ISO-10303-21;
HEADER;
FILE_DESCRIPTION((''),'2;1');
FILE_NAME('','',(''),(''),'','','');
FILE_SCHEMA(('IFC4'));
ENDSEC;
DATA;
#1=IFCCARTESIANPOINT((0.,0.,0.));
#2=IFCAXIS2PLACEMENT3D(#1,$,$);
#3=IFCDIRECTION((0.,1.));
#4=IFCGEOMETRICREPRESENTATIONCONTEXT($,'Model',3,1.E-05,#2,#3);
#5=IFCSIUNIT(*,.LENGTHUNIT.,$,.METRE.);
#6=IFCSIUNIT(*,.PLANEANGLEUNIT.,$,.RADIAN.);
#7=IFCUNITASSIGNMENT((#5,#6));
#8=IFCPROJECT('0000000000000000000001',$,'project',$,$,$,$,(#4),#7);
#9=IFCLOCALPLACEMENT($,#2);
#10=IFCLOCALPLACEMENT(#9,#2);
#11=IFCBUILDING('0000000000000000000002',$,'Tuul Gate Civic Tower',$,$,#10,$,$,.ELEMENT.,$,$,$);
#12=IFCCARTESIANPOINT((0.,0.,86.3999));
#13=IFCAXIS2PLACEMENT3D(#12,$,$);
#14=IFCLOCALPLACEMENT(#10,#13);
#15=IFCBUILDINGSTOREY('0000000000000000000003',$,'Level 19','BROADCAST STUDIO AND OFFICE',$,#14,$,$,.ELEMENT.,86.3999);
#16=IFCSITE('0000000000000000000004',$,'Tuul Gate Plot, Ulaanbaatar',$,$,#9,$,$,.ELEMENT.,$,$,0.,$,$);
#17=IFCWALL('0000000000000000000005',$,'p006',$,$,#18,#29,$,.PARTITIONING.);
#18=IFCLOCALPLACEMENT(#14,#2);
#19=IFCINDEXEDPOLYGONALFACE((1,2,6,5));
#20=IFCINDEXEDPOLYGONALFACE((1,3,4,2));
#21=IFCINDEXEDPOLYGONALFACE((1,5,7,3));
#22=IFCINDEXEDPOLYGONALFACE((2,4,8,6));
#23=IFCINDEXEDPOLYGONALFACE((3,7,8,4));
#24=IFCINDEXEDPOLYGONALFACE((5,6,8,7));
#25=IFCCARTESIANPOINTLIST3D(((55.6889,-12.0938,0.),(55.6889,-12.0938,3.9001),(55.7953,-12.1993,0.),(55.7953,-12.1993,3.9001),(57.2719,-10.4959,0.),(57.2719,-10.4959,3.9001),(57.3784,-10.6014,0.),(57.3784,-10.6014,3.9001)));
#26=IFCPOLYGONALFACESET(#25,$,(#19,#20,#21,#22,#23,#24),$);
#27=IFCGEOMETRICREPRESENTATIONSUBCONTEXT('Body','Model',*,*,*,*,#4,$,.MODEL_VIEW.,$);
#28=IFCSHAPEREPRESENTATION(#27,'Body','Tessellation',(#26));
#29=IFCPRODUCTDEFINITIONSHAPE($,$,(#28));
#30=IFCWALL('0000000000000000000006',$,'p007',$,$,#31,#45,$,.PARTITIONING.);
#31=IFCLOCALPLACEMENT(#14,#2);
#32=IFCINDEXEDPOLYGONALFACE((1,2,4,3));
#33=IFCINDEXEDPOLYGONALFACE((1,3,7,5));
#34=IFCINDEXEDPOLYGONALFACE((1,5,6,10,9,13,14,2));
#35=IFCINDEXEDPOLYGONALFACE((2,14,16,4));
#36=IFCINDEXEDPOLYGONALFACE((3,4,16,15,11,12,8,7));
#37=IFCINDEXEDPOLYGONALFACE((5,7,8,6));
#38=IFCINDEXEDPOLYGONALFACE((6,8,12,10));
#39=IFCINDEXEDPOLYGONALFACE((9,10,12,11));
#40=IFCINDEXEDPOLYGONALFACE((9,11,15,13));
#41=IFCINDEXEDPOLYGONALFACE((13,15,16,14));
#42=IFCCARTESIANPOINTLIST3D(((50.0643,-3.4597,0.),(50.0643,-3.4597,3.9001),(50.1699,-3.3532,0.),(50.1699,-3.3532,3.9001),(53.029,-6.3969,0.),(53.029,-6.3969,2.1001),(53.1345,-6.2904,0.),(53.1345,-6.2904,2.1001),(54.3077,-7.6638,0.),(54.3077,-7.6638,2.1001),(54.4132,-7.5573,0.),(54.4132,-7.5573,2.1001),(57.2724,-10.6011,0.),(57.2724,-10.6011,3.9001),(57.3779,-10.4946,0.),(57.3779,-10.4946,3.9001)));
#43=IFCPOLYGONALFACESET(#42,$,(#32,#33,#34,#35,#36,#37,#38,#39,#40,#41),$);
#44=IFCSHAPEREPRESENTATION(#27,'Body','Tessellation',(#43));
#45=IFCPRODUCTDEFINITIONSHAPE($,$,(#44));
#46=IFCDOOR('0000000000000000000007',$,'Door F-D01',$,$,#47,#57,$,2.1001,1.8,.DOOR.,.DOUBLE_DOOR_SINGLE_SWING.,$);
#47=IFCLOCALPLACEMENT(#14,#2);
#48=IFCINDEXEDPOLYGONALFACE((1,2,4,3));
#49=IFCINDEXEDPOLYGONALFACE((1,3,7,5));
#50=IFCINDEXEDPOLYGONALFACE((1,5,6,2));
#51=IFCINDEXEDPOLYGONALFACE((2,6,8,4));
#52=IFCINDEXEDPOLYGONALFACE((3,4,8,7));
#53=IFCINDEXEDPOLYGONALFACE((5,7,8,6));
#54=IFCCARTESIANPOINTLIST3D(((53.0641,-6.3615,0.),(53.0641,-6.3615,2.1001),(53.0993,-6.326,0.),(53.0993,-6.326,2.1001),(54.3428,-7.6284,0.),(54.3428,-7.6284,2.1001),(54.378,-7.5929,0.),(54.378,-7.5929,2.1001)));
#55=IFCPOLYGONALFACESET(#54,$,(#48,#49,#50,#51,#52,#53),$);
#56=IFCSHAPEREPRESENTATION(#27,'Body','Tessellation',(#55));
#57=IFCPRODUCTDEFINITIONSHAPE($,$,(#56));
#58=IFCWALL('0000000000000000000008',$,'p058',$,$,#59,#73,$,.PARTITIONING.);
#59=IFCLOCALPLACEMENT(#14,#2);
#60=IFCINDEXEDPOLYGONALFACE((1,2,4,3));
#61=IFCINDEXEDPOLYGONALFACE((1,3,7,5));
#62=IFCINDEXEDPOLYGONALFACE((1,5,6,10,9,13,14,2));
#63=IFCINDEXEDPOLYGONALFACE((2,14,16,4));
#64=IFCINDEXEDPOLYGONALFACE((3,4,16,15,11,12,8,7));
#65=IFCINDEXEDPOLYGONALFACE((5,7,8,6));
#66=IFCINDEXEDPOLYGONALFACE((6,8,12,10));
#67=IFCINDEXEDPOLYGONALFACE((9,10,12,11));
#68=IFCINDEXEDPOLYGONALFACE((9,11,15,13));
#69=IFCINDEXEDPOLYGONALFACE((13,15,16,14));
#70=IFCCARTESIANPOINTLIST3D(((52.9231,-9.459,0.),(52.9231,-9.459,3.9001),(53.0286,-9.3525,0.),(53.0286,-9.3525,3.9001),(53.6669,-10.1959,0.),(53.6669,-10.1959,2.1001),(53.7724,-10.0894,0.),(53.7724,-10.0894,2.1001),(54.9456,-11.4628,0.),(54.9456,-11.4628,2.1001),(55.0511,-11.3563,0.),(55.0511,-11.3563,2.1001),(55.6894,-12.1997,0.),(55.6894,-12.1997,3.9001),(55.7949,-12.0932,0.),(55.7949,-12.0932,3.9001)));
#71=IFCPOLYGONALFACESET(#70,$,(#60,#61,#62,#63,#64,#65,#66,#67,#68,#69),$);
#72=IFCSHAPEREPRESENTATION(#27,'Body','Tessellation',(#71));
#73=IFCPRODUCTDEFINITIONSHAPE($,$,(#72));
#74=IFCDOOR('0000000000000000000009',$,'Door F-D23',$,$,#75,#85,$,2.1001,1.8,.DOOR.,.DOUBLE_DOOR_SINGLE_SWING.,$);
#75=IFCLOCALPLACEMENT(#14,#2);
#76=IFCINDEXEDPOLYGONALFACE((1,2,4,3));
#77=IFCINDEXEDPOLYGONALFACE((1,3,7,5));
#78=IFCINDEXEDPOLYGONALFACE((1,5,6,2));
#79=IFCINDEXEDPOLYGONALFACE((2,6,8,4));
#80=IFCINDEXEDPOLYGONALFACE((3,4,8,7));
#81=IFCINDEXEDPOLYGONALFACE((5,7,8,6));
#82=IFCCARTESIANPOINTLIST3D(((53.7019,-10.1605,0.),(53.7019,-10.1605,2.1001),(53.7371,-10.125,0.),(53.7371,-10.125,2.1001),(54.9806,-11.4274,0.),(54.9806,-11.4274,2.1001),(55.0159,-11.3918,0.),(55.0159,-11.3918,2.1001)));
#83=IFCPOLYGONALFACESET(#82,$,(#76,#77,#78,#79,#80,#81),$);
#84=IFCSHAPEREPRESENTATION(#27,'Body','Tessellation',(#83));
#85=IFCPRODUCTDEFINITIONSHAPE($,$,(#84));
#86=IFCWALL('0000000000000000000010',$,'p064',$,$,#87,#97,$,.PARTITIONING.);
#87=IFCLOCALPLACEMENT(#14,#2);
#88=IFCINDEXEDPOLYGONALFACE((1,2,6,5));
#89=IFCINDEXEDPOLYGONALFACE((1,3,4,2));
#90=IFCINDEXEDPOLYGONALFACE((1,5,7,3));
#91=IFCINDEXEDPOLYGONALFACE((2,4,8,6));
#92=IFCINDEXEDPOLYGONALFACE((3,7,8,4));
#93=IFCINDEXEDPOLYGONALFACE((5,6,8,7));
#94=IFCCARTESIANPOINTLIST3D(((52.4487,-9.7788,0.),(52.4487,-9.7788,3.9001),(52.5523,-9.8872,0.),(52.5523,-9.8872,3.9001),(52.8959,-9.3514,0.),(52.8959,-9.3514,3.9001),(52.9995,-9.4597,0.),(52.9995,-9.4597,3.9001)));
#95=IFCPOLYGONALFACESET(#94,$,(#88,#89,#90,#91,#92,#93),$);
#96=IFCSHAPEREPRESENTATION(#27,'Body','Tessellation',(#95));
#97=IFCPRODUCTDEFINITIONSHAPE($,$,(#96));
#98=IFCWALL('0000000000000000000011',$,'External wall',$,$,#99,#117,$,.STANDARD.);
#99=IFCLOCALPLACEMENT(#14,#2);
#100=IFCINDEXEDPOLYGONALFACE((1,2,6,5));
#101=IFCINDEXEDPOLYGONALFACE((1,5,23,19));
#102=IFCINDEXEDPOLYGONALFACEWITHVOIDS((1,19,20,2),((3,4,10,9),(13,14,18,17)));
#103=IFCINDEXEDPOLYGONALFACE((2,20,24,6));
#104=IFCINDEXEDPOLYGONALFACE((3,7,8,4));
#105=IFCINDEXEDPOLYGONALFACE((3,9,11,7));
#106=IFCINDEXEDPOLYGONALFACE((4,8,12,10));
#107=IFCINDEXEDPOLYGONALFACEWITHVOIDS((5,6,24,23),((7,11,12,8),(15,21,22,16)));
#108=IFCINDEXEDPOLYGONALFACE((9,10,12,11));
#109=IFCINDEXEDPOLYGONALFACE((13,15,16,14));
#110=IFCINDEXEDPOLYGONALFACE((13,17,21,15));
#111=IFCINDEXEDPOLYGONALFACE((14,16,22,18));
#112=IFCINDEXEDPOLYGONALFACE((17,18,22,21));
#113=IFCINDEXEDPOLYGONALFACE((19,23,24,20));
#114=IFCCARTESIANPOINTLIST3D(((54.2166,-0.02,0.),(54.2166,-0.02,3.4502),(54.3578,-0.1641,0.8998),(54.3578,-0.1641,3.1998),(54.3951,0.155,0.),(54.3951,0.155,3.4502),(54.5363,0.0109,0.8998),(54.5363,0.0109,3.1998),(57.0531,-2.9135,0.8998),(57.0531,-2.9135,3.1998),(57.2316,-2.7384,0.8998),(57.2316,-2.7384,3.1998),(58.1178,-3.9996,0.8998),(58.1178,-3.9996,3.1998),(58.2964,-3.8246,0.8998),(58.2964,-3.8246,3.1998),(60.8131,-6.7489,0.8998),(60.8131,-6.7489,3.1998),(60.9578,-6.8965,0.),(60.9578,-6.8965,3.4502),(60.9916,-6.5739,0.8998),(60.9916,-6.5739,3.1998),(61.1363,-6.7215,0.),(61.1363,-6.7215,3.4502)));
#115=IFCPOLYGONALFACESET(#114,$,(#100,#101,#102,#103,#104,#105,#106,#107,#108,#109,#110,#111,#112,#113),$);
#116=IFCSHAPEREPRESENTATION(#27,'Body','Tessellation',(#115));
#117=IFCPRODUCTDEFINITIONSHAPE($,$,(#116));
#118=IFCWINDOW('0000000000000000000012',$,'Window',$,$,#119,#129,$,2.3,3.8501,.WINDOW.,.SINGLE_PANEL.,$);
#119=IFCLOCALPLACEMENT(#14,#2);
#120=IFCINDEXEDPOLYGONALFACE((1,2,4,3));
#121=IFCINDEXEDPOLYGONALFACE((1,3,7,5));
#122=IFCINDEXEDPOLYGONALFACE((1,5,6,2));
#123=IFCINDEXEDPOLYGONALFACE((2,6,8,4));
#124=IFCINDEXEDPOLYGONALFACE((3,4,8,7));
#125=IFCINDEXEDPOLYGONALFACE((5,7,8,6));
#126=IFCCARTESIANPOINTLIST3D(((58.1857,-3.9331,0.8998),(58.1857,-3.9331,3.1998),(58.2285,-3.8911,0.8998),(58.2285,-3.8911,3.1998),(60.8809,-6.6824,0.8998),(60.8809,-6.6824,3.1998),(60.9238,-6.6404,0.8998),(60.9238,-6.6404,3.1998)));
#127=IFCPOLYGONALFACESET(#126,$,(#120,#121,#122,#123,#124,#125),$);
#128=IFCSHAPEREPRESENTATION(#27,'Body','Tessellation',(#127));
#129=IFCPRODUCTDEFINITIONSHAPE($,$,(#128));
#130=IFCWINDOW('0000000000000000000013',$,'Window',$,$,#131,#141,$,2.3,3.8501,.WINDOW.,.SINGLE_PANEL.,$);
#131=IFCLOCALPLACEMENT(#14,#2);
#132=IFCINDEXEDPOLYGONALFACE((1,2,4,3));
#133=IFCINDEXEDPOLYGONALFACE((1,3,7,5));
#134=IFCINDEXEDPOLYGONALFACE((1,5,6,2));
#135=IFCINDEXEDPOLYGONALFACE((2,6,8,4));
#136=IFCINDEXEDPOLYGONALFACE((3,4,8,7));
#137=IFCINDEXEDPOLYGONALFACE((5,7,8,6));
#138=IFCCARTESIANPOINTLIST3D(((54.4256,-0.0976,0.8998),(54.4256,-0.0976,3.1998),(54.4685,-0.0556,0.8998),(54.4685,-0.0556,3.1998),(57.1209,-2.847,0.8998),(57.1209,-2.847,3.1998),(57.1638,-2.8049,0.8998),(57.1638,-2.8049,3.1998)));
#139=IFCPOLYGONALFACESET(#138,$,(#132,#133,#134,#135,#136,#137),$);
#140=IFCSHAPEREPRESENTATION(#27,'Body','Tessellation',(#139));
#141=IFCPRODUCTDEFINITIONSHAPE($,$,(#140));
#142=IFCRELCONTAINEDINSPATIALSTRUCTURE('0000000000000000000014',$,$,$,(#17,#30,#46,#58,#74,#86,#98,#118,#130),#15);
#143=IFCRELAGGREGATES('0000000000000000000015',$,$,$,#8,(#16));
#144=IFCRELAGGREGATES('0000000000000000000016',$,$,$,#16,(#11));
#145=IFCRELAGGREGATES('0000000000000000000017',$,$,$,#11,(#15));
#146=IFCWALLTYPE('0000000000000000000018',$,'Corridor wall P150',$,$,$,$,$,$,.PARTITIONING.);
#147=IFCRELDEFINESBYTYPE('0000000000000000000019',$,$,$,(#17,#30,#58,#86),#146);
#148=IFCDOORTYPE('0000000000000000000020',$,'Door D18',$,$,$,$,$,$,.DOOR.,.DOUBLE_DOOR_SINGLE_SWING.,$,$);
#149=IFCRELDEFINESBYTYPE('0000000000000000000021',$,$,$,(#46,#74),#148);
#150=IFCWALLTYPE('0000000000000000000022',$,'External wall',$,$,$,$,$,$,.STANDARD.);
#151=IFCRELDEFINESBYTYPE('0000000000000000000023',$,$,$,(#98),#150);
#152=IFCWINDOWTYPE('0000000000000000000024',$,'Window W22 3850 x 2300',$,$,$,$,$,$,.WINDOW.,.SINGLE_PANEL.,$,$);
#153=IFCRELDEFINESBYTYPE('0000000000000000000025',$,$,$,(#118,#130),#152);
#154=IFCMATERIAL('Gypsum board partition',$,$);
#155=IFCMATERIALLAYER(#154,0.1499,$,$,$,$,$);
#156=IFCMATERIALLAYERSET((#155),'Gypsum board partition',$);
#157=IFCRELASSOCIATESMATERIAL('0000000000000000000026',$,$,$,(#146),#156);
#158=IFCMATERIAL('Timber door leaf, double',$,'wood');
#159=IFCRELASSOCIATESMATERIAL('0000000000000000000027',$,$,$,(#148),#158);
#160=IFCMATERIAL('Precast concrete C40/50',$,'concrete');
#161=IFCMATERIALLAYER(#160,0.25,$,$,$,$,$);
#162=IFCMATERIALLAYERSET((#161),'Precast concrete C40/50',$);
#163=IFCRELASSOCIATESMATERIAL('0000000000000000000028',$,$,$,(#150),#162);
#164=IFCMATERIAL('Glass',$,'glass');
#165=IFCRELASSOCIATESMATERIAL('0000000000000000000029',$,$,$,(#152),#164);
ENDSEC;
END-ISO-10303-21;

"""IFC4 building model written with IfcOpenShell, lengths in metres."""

from ifc_helpers import new_model, si_unit, direction, frame, frame_2d, origin, place, context, subcontext, project, spatial, rectangle, extrude, material, layer, layer_set, type_object, element, fill, save


model = new_model("IFC4")

# Units and contexts
model_context = context("Model", 3, precision=1e-05, world=origin(), true_north=direction((0.0, 1.0)))
body_context = subcontext(model_context, "Body", "Model", "MODEL_VIEW")
ifc_project = project(units=[si_unit("LENGTHUNIT", "METRE"), si_unit("PLANEANGLEUNIT", "RADIAN")], contexts=[model_context])

# Site, building, storey
site_placement = place(None, origin())
site = spatial("IfcSite", under=ifc_project, at=site_placement, Name="Tuul Gate Plot, Ulaanbaatar", CompositionType="ELEMENT", RefElevation=0.0)
building_placement = place(site_placement, origin())
building = spatial("IfcBuilding", under=site, at=building_placement, Name="Tuul Gate Civic Tower", CompositionType="ELEMENT")
storey_placement = place(building_placement, frame((0.0, 0.0, 86.3999)))
storey = spatial("IfcBuildingStorey", under=building, at=storey_placement, Name="Level 19", Description="BROADCAST STUDIO AND OFFICE", CompositionType="ELEMENT", Elevation=86.3999)

# Wall
ifc_material_1 = material(Name="Gypsum board partition")
ifc_layer_1 = layer(ifc_material_1, 0.1499)
ifc_layer_set_1 = layer_set([ifc_layer_1], Name="Gypsum board partition")
wall_type_1 = type_object("IfcWallType", Name="Corridor wall P150", PredefinedType="PARTITIONING", material=ifc_layer_set_1)
wall_1_placement = place(storey_placement, frame((55.7422, -12.1465, 0.0), z_axis=(0.0, 0.0, 1.0), x_axis=(0.703788, 0.71041, 0.0)))
element("IfcWall", 1, at=wall_1_placement, inside=storey, type_object=wall_type_1, Name="p006", PredefinedType="PARTITIONING", context=body_context, shape_type="SweptSolid", body=[
    extrude(rectangle(XDim=2.2493, YDim=0.1499, at=frame_2d((1.1245, 0.0))), origin(), (0.0, 0.0, 1.0), 3.9001),
])

# Walls, openings, doors
wall_2_placement = place(storey_placement, frame((50.1172, -3.4065, 0.0), z_axis=(0.0, 0.0, 1.0), x_axis=(0.710384, -0.703815, 0.0)))
wall_2 = element("IfcWall", 2, at=wall_2_placement, inside=storey, type_object=wall_type_1, Name="p007", PredefinedType="PARTITIONING", context=body_context, shape_type="SweptSolid", body=[
    extrude(rectangle(XDim=10.1467, YDim=0.1499, at=frame_2d((5.0732, 0.0))), origin(), (0.0, 0.0, 1.0), 3.9001),
])
opening_1_placement = place(wall_2_placement, frame((4.1733, 0.0, 0.0)))
opening_1 = element("IfcOpeningElement", 3, at=opening_1_placement, cuts=wall_2, PredefinedType="OPENING", context=body_context, shape_type="SweptSolid", body=[
    extrude(rectangle(XDim=1.8, YDim=2.1001, at=frame_2d((0.8999, 1.05))), frame((0.0, 0.085, 0.0), z_axis=(0.0, -1.0, 0.0), x_axis=(1.0, 0.0, 0.0)), (0.0, 0.0, 1.0), 0.1699),
])
ifc_material_2 = material(Name="Timber door leaf, double", Category="wood")
door_type_1 = type_object("IfcDoorType", Name="Door D18", OperationType="DOUBLE_DOOR_SINGLE_SWING", PredefinedType="DOOR", material=ifc_material_2)
door_1_placement = place(opening_1_placement, origin())
door_1 = element("IfcDoor", 4, at=door_1_placement, inside=storey, type_object=door_type_1, Name="Door F-D01", OperationType="DOUBLE_DOOR_SINGLE_SWING", OverallHeight=2.1001, OverallWidth=1.8, PredefinedType="DOOR", context=body_context, shape_type="SweptSolid", body=[
    extrude(rectangle(XDim=1.8, YDim=2.1001, at=frame_2d((0.8999, 1.05))), frame((0.0, 0.0249, 0.0), z_axis=(0.0, -1.0, 0.0), x_axis=(1.0, 0.0, 0.0)), (0.0, 0.0, 1.0), 0.05),
])
fill(opening_1, door_1)
wall_3_placement = place(storey_placement, frame((52.9758, -9.4058, 0.0), z_axis=(0.0, 0.0, 1.0), x_axis=(0.710391, -0.703808, 0.0)))
wall_3 = element("IfcWall", 5, at=wall_3_placement, inside=storey, type_object=wall_type_1, Name="p058", PredefinedType="PARTITIONING", context=body_context, shape_type="SweptSolid", body=[
    extrude(rectangle(XDim=3.894, YDim=0.1499, at=frame_2d((1.947, 0.0))), origin(), (0.0, 0.0, 1.0), 3.9001),
])
opening_2_placement = place(wall_3_placement, frame((1.0471, 0.0, 0.0)))
opening_2 = element("IfcOpeningElement", 6, at=opening_2_placement, cuts=wall_3, PredefinedType="OPENING", context=body_context, shape_type="SweptSolid", body=[
    extrude(rectangle(XDim=1.8, YDim=2.1001, at=frame_2d((0.8999, 1.05))), frame((0.0, 0.085, 0.0), z_axis=(0.0, -1.0, 0.0), x_axis=(1.0, 0.0, 0.0)), (0.0, 0.0, 1.0), 0.1699),
])
door_2_placement = place(opening_2_placement, origin())
door_2 = element("IfcDoor", 7, at=door_2_placement, inside=storey, type_object=door_type_1, Name="Door F-D23", OperationType="DOUBLE_DOOR_SINGLE_SWING", OverallHeight=2.1001, OverallWidth=1.8, PredefinedType="DOOR", context=body_context, shape_type="SweptSolid", body=[
    extrude(rectangle(XDim=1.8, YDim=2.1001, at=frame_2d((0.8999, 1.05))), frame((0.0, 0.0249, 0.0), z_axis=(0.0, -1.0, 0.0), x_axis=(1.0, 0.0, 0.0)), (0.0, 0.0, 1.0), 0.05),
])
fill(opening_2, door_2)

# Wall
wall_4_placement = place(storey_placement, frame((52.5005, -9.833, 0.0), z_axis=(0.0, 0.0, 1.0), x_axis=(0.722907, 0.690945, 0.0)))
element("IfcWall", 8, at=wall_4_placement, inside=storey, type_object=wall_type_1, Name="p064", PredefinedType="PARTITIONING", context=body_context, shape_type="SweptSolid", body=[
    extrude(rectangle(XDim=0.6187, YDim=0.1499, at=frame_2d((0.3093, 0.0))), origin(), (0.0, 0.0, 1.0), 3.9001),
])

# Wall, openings, windows
ifc_material_3 = material(Name="Precast concrete C40/50", Category="concrete")
ifc_layer_2 = layer(ifc_material_3, 0.25)
ifc_layer_set_2 = layer_set([ifc_layer_2], Name="Precast concrete C40/50")
wall_type_2 = type_object("IfcWallType", Name="External wall", PredefinedType="STANDARD", material=ifc_layer_set_2)
wall_5_placement = place(storey_placement, frame((61.0471, -6.8091, 0.0), z_axis=(0.0, 0.0, 1.0), x_axis=(-0.700049, 0.714095, 0.0)))
wall_5 = element("IfcWall", 9, at=wall_5_placement, inside=storey, type_object=wall_type_2, Name="External wall", PredefinedType="STANDARD", context=body_context, shape_type="SweptSolid", body=[
    extrude(rectangle(XDim=9.6296, YDim=0.25, at=frame_2d((4.8149, 0.0))), origin(), (0.0, 0.0, 1.0), 3.4502),
])
opening_3_placement = place(wall_5_placement, frame((0.2068, 0.0, 0.8999)))
opening_3 = element("IfcOpeningElement", 10, at=opening_3_placement, cuts=wall_5, PredefinedType="OPENING", context=body_context, shape_type="SweptSolid", body=[
    extrude(rectangle(XDim=3.8501, YDim=2.3, at=frame_2d((1.925, 1.1499))), frame((0.0, 0.135, 0.0), z_axis=(0.0, -1.0, 0.0), x_axis=(1.0, 0.0, 0.0)), (0.0, 0.0, 1.0), 0.27),
])
opening_4_placement = place(wall_5_placement, frame((5.5779, 0.0, 0.8999)))
opening_4 = element("IfcOpeningElement", 11, at=opening_4_placement, cuts=wall_5, PredefinedType="OPENING", context=body_context, shape_type="SweptSolid", body=[
    extrude(rectangle(XDim=3.8501, YDim=2.3, at=frame_2d((1.925, 1.1499))), frame((0.0, 0.135, 0.0), z_axis=(0.0, -1.0, 0.0), x_axis=(1.0, 0.0, 0.0)), (0.0, 0.0, 1.0), 0.27),
])
ifc_material_4 = material(Name="Glass", Category="glass")
window_type = type_object("IfcWindowType", Name="Window W22 3850 x 2300", PartitioningType="SINGLE_PANEL", PredefinedType="WINDOW", material=ifc_material_4)
window_1_placement = place(opening_3_placement, origin())
window_1 = element("IfcWindow", 12, at=window_1_placement, inside=storey, type_object=window_type, Name="Window", OverallHeight=2.3, OverallWidth=3.8501, PartitioningType="SINGLE_PANEL", PredefinedType="WINDOW", context=body_context, shape_type="SweptSolid", body=[
    extrude(rectangle(XDim=3.8501, YDim=2.3, at=frame_2d((1.925, 1.1499))), frame((0.0, 0.03, 0.0), z_axis=(0.0, -1.0, 0.0), x_axis=(1.0, 0.0, 0.0)), (0.0, 0.0, 1.0), 0.0601),
])
fill(opening_3, window_1)
window_2_placement = place(opening_4_placement, origin())
window_2 = element("IfcWindow", 13, at=window_2_placement, inside=storey, type_object=window_type, Name="Window", OverallHeight=2.3, OverallWidth=3.8501, PartitioningType="SINGLE_PANEL", PredefinedType="WINDOW", context=body_context, shape_type="SweptSolid", body=[
    extrude(rectangle(XDim=3.8501, YDim=2.3, at=frame_2d((1.925, 1.1499))), frame((0.0, 0.03, 0.0), z_axis=(0.0, -1.0, 0.0), x_axis=(1.0, 0.0, 0.0)), (0.0, 0.0, 1.0), 0.0601),
])
fill(opening_4, window_2)

save(model, "model.ifc")
